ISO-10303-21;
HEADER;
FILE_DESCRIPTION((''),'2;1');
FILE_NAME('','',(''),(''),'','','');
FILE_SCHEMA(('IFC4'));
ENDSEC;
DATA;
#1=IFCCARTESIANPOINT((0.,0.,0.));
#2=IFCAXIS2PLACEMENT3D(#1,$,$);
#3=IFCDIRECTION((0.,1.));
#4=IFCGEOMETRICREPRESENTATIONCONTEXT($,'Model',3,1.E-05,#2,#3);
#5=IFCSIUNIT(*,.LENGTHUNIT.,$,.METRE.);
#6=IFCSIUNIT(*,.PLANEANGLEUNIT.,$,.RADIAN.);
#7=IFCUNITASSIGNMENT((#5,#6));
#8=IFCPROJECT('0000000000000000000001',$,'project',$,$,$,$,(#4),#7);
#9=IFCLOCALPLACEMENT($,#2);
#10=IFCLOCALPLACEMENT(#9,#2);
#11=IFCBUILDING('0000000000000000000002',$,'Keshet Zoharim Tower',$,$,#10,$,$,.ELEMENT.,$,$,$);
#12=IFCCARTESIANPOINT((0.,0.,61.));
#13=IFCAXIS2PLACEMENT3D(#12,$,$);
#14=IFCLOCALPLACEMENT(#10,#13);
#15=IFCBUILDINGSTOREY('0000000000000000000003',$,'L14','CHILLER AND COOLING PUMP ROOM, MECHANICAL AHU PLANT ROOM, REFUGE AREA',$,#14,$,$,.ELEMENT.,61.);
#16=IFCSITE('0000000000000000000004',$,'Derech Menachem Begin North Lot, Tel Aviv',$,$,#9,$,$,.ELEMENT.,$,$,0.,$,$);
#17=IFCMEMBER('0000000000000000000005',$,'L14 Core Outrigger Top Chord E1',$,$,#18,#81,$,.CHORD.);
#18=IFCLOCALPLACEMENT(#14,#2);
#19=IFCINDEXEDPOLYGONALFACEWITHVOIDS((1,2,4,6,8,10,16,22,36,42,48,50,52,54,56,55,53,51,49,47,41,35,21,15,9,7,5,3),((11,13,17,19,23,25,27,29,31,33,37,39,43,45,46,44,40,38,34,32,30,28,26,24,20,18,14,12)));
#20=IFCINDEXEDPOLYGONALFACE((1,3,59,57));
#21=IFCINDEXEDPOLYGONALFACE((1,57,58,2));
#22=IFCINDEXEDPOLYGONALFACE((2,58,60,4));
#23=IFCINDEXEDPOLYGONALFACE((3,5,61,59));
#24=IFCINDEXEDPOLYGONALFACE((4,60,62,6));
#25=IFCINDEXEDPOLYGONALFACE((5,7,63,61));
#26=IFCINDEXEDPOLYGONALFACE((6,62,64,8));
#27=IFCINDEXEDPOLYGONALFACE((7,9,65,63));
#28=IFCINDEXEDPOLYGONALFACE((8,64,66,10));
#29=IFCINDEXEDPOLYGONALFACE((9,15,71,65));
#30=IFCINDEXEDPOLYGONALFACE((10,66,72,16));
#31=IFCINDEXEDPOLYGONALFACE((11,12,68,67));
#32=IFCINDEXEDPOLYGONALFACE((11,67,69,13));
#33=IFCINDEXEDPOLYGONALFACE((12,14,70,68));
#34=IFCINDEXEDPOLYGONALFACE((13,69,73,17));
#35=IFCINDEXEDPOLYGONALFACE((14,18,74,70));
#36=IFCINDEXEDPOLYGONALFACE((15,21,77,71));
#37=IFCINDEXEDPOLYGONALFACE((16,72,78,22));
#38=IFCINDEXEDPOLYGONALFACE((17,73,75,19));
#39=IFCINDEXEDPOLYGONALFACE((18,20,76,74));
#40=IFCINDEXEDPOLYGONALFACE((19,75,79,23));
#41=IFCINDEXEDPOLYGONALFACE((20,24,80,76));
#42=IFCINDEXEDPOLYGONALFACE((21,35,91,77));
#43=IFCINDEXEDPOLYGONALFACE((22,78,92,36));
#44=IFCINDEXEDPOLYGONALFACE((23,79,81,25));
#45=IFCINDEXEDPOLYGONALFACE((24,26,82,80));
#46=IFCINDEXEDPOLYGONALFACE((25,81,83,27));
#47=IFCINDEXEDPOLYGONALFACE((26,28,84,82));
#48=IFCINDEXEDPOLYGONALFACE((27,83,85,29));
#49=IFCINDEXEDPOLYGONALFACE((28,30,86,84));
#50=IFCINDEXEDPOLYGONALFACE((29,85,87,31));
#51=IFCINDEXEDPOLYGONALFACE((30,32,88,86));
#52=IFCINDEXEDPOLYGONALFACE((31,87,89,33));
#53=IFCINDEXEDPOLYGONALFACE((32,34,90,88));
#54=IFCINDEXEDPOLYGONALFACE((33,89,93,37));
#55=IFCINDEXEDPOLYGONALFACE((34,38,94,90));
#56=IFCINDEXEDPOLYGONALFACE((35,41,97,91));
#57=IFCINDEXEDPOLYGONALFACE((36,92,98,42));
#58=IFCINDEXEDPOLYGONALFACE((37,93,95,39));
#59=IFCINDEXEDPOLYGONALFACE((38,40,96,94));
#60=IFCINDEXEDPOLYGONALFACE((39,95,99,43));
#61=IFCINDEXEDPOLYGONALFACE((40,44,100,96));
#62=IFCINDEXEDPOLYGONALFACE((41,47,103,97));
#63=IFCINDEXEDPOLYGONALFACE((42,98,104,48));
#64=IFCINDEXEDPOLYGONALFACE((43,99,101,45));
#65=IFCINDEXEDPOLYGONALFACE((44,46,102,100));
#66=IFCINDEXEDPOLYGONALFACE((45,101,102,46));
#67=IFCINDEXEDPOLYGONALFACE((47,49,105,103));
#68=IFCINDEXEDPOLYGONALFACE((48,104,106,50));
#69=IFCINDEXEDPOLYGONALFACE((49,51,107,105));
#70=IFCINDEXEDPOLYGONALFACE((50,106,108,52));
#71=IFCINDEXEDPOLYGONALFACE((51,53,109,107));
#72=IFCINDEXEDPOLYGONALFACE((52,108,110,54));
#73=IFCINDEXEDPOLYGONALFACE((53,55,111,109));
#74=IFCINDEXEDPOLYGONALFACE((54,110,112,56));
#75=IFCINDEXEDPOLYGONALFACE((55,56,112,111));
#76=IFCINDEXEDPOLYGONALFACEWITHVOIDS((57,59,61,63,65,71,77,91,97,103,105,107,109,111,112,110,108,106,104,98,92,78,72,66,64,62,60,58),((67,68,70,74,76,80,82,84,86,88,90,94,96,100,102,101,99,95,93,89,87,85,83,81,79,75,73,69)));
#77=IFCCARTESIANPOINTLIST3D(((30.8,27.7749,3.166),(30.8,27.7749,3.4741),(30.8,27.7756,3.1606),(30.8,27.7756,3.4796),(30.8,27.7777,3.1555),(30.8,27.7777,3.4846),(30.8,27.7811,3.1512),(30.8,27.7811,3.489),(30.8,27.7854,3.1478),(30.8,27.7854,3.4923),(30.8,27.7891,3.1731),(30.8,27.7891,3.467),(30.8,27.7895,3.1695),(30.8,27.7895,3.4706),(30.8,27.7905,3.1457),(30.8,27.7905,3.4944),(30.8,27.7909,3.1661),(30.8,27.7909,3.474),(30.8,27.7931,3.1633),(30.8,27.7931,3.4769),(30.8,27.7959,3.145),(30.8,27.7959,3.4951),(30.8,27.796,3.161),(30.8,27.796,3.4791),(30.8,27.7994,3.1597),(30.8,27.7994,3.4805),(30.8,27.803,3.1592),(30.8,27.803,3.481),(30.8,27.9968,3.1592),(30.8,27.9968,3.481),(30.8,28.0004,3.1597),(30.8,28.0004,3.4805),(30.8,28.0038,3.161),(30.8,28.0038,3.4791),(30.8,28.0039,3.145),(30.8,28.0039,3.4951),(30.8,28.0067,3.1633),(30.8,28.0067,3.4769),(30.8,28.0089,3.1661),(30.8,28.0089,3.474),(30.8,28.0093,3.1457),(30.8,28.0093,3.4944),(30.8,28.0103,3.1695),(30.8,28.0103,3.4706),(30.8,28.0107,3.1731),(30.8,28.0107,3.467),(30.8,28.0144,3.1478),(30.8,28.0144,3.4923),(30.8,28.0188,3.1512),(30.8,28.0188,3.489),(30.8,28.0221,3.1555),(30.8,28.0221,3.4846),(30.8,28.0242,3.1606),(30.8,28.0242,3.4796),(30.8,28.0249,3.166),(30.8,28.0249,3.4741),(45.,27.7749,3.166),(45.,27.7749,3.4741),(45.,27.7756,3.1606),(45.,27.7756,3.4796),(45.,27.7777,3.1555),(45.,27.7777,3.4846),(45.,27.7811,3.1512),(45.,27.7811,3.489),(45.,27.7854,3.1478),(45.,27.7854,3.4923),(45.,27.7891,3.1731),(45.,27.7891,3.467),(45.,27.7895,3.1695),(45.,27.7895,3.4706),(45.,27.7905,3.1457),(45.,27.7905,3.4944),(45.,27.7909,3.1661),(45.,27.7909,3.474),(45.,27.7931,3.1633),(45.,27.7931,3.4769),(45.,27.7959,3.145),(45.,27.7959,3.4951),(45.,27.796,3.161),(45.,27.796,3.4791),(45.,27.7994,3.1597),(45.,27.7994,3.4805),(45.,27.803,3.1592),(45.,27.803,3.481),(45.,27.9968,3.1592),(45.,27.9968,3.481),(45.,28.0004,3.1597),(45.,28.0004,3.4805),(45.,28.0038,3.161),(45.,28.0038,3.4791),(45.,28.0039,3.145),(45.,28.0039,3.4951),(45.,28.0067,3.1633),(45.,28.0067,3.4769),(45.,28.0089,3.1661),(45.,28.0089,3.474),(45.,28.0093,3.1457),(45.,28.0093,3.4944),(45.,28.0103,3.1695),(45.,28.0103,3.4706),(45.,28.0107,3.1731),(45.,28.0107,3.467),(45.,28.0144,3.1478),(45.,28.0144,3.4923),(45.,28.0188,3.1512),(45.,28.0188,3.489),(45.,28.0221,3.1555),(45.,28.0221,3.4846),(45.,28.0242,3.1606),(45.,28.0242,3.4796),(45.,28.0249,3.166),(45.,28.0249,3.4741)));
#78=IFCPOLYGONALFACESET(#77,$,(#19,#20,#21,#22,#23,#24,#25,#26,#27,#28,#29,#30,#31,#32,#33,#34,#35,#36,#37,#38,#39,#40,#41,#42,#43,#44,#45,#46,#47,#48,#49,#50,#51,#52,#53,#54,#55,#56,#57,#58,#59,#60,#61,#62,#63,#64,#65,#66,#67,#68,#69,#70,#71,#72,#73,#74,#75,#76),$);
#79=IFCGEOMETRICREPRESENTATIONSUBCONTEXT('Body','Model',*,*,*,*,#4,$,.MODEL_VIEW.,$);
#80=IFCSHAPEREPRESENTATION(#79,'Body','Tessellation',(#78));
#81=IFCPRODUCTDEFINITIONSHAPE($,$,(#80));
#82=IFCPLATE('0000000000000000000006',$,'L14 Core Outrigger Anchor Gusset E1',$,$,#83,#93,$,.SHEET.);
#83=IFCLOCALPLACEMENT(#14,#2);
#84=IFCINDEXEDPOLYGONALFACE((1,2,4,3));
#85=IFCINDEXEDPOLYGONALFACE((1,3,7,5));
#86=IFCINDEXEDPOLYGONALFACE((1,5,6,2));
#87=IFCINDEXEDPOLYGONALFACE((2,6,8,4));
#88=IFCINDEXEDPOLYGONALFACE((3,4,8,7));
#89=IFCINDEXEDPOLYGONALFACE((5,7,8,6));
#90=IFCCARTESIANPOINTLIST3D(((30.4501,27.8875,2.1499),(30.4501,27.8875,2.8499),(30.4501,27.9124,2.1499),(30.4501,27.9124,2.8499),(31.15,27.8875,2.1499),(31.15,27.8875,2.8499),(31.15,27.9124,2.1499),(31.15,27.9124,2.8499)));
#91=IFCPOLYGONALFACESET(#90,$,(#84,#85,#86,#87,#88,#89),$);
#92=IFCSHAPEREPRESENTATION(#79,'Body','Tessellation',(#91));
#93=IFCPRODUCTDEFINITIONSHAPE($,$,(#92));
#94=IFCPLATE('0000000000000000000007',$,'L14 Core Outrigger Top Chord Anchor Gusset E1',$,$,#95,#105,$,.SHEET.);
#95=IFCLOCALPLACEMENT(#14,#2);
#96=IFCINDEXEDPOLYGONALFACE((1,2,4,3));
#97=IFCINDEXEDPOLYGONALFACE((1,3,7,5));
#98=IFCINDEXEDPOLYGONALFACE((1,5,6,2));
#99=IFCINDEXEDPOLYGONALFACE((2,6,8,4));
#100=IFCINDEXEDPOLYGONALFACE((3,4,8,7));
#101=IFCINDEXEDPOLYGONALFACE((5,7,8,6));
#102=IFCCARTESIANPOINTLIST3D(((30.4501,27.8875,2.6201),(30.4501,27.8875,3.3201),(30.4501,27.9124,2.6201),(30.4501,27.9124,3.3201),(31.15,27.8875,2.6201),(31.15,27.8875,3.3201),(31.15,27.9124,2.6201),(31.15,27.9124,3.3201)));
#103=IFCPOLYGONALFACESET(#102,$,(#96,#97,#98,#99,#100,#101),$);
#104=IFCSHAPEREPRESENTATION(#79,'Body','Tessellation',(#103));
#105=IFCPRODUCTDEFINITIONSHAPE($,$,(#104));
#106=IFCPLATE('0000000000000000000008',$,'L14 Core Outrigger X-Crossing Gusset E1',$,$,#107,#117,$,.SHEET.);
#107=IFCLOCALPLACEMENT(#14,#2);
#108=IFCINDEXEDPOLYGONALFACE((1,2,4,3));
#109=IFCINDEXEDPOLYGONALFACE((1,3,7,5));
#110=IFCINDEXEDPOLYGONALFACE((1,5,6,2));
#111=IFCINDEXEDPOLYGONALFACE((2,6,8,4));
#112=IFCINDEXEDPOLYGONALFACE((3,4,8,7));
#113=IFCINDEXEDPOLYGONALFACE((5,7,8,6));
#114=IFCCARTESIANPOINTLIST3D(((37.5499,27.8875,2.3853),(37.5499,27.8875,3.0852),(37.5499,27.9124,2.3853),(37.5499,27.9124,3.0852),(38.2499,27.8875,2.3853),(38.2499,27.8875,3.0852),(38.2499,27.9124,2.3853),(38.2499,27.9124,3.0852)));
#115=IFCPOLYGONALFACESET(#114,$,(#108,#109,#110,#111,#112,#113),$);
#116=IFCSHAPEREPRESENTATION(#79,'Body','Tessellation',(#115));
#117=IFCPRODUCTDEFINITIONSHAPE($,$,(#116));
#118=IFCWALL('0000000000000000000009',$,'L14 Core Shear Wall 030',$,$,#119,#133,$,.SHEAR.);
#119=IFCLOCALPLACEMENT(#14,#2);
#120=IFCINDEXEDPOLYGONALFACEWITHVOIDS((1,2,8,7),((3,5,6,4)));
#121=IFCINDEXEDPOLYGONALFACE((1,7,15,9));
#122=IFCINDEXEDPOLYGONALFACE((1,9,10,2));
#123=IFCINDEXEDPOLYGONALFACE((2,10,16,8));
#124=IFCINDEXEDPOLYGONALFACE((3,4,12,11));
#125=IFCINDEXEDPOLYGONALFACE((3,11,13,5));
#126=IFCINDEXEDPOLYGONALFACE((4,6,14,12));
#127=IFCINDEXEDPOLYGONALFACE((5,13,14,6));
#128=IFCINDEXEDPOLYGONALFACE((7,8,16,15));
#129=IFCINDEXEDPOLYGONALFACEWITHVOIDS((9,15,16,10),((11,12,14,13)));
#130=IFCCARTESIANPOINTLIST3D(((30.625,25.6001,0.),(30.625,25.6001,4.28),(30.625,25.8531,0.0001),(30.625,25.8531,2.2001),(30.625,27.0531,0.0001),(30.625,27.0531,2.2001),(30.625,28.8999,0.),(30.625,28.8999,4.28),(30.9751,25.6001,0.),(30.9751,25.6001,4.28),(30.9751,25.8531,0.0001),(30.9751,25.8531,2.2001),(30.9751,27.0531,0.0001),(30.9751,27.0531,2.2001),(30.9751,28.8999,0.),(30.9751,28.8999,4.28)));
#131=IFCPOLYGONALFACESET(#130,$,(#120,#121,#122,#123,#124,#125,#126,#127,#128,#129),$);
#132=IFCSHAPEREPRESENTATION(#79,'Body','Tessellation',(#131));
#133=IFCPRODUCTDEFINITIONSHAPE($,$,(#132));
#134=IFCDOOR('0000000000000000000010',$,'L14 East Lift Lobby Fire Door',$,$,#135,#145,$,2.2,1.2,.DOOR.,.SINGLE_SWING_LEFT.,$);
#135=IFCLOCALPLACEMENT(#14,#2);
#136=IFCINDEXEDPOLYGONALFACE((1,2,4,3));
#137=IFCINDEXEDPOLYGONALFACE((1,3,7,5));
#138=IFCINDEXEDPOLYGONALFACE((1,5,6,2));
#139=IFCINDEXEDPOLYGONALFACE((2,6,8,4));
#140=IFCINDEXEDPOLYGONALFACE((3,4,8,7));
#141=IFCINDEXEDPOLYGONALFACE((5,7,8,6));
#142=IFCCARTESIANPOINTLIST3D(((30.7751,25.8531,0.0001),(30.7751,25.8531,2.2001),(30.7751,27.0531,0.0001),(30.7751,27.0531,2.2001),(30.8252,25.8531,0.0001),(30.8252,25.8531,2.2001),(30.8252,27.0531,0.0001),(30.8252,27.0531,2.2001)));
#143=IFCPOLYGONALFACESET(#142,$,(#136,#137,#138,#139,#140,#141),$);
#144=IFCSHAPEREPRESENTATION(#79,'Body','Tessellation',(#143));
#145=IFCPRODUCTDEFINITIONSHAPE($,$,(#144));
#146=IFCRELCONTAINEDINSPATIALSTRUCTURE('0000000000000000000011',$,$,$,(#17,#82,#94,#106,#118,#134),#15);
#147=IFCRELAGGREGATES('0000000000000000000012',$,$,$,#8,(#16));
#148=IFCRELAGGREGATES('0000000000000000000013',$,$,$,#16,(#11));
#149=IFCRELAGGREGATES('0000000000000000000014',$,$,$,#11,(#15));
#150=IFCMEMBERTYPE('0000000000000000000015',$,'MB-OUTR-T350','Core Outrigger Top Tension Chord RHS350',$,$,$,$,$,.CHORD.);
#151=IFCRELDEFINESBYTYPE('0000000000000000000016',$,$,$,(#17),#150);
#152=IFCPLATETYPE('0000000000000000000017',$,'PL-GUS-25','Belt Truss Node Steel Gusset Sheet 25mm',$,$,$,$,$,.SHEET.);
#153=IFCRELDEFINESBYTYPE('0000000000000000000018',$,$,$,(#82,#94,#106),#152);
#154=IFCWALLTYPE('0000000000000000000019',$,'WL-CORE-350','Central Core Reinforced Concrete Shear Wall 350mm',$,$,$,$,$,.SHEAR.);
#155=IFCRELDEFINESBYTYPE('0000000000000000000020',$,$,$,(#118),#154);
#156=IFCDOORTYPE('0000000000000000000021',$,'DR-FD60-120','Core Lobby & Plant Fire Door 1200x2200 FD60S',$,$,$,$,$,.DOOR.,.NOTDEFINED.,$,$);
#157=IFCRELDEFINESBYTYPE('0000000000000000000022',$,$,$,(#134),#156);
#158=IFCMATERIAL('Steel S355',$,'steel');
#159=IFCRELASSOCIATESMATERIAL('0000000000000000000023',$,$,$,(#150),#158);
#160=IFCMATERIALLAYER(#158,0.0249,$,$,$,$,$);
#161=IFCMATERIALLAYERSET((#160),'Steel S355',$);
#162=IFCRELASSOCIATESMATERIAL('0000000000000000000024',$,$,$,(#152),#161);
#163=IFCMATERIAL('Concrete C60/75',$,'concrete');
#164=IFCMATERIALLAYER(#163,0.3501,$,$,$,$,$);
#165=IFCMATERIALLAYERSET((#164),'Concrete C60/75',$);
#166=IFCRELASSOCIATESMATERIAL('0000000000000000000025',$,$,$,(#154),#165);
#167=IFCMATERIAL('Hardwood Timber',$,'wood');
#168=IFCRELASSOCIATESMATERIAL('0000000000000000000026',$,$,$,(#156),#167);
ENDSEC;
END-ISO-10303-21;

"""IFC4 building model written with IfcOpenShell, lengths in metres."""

from ifc_helpers import new_model, si_unit, direction, frame, frame_2d, origin, origin_2d, place, context, subcontext, project, spatial, rectangle, hollow_rectangle, extrude, material, layer, layer_set, material_profile, profile_set, type_object, element, fill, save


model = new_model("IFC4")

# Units and contexts
model_context = context("Model", 3, precision=1e-05, world=origin(), true_north=direction((0.0, 1.0)))
body_context = subcontext(model_context, "Body", "Model", "MODEL_VIEW")
ifc_project = project(units=[si_unit("LENGTHUNIT", "METRE"), si_unit("PLANEANGLEUNIT", "RADIAN")], contexts=[model_context])

# Site, building, storey
site_placement = place(None, origin())
site = spatial("IfcSite", under=ifc_project, at=site_placement, Name="Derech Menachem Begin North Lot, Tel Aviv", CompositionType="ELEMENT", RefElevation=0.0)
building_placement = place(site_placement, origin())
building = spatial("IfcBuilding", under=site, at=building_placement, Name="Keshet Zoharim Tower", CompositionType="ELEMENT")
storey_placement = place(building_placement, frame((0.0, 0.0, 61.0)))
storey = spatial("IfcBuildingStorey", under=building, at=storey_placement, Name="L14", Description="CHILLER AND COOLING PUMP ROOM, MECHANICAL AHU PLANT ROOM, REFUGE AREA", CompositionType="ELEMENT", Elevation=61.0)

# Shared definitions
ifc_material_1 = material(Name="Concrete C60/75", Category="concrete")

# Shared definitions
ifc_material_2 = material(Name="Steel S355", Category="steel")

# Member
ifc_material_profile_1 = material_profile(ifc_material_2, hollow_rectangle(XDim=0.25, YDim=0.3501, WallThickness=0.0142, InnerFilletRadius=0.0139, OuterFilletRadius=0.021, at=origin_2d()), Name="RHS350x250x14.2")
ifc_profile_set_1 = profile_set([ifc_material_profile_1], Name="Steel S355")
member_type_1 = type_object("IfcMemberType", Name="MB-OUTR-T350", Description="Core Outrigger Top Tension Chord RHS350", PredefinedType="CHORD", material=ifc_profile_set_1)
member_1_placement = place(storey_placement, frame((30.8, 27.8999, 3.3201), z_axis=(1.0, 0.0, 0.0), x_axis=(0.0, 1.0, 0.0)))
element("IfcMember", 1, at=member_1_placement, inside=storey, type_object=member_type_1, Name="L14 Core Outrigger Top Chord E1", PredefinedType="CHORD", context=body_context, shape_type="SweptSolid", body=[
    extrude(hollow_rectangle(XDim=0.25, YDim=0.3501, WallThickness=0.0142, InnerFilletRadius=0.0139, OuterFilletRadius=0.021, at=origin_2d()), origin(), (0.0, 0.0, 1.0), 14.2),
])

# Plates
ifc_layer_1 = layer(ifc_material_2, 0.0249)
ifc_layer_set_1 = layer_set([ifc_layer_1], Name="Steel S355")
plate_type = type_object("IfcPlateType", Name="PL-GUS-25", Description="Belt Truss Node Steel Gusset Sheet 25mm", PredefinedType="SHEET", material=ifc_layer_set_1)
for number, where, z_axis, x_axis, name in (
    (2, (30.8, 27.8999, 2.1499), (0.0, 0.0, 1.0), (1.0, 0.0, 0.0), "L14 Core Outrigger Anchor Gusset E1"),
    (3, (30.8, 27.8999, 2.6201), (0.0, 0.0, 1.0), (1.0, 0.0, 0.0), "L14 Core Outrigger Top Chord Anchor Gusset E1"),
    (4, (37.8999, 27.8999, 2.3853), (0.0, 0.0, 1.0), (1.0, 0.0, 0.0), "L14 Core Outrigger X-Crossing Gusset E1"),
):
    element("IfcPlate", number, at=place(storey_placement, frame(where, z_axis=z_axis, x_axis=x_axis)), inside=storey, type_object=plate_type, Name=name, PredefinedType="SHEET", context=body_context, shape_type="SweptSolid", body=[
        extrude(rectangle(XDim=0.7, YDim=0.0249, at=origin_2d()), origin(), (0.0, 0.0, 1.0), 0.7),
    ])

# Wall, opening, door
ifc_layer_2 = layer(ifc_material_1, 0.3501)
ifc_layer_set_2 = layer_set([ifc_layer_2], Name="Concrete C60/75")
wall_type_1 = type_object("IfcWallType", Name="WL-CORE-350", Description="Central Core Reinforced Concrete Shear Wall 350mm", PredefinedType="SHEAR", material=ifc_layer_set_2)
wall_1_placement = place(storey_placement, frame((30.8, 25.6001, 0.0), z_axis=(0.0, 0.0, 1.0), x_axis=(0.0, 1.0, 0.0)))
wall_1 = element("IfcWall", 5, at=wall_1_placement, inside=storey, type_object=wall_type_1, Name="L14 Core Shear Wall 030", PredefinedType="SHEAR", context=body_context, shape_type="SweptSolid", body=[
    extrude(rectangle(XDim=3.2998, YDim=0.3501, at=frame_2d((1.6499, 0.0))), origin(), (0.0, 0.0, 1.0), 4.28),
])
opening_1_placement = place(wall_1_placement, frame((0.2529, 0.0, 0.0)))
opening_1 = element("IfcOpeningElement", 6, at=opening_1_placement, cuts=wall_1, PredefinedType="OPENING", context=body_context, shape_type="SweptSolid", body=[
    extrude(rectangle(XDim=1.2, YDim=2.2, at=frame_2d((0.6001, 1.1001))), frame((0.0, 0.1851, 0.0), z_axis=(0.0, -1.0, 0.0), x_axis=(1.0, 0.0, 0.0)), (0.0, 0.0, 1.0), 0.3701),
])
ifc_material_3 = material(Name="Hardwood Timber", Category="wood")
door_type_1 = type_object("IfcDoorType", Name="DR-FD60-120", Description="Core Lobby & Plant Fire Door 1200x2200 FD60S", OperationType="NOTDEFINED", PredefinedType="DOOR", material=ifc_material_3)
door_1_placement = place(opening_1_placement, origin())
door_1 = element("IfcDoor", 7, at=door_1_placement, inside=storey, type_object=door_type_1, Name="L14 East Lift Lobby Fire Door", OperationType="SINGLE_SWING_LEFT", OverallHeight=2.2, OverallWidth=1.2, PredefinedType="DOOR", context=body_context, shape_type="SweptSolid", body=[
    extrude(rectangle(XDim=1.2, YDim=2.2, at=frame_2d((0.6001, 1.1001))), frame((0.0, 0.0249, 0.0), z_axis=(0.0, -1.0, 0.0), x_axis=(1.0, 0.0, 0.0)), (0.0, 0.0, 1.0), 0.05),
])
fill(opening_1, door_1)

save(model, "model.ifc")
